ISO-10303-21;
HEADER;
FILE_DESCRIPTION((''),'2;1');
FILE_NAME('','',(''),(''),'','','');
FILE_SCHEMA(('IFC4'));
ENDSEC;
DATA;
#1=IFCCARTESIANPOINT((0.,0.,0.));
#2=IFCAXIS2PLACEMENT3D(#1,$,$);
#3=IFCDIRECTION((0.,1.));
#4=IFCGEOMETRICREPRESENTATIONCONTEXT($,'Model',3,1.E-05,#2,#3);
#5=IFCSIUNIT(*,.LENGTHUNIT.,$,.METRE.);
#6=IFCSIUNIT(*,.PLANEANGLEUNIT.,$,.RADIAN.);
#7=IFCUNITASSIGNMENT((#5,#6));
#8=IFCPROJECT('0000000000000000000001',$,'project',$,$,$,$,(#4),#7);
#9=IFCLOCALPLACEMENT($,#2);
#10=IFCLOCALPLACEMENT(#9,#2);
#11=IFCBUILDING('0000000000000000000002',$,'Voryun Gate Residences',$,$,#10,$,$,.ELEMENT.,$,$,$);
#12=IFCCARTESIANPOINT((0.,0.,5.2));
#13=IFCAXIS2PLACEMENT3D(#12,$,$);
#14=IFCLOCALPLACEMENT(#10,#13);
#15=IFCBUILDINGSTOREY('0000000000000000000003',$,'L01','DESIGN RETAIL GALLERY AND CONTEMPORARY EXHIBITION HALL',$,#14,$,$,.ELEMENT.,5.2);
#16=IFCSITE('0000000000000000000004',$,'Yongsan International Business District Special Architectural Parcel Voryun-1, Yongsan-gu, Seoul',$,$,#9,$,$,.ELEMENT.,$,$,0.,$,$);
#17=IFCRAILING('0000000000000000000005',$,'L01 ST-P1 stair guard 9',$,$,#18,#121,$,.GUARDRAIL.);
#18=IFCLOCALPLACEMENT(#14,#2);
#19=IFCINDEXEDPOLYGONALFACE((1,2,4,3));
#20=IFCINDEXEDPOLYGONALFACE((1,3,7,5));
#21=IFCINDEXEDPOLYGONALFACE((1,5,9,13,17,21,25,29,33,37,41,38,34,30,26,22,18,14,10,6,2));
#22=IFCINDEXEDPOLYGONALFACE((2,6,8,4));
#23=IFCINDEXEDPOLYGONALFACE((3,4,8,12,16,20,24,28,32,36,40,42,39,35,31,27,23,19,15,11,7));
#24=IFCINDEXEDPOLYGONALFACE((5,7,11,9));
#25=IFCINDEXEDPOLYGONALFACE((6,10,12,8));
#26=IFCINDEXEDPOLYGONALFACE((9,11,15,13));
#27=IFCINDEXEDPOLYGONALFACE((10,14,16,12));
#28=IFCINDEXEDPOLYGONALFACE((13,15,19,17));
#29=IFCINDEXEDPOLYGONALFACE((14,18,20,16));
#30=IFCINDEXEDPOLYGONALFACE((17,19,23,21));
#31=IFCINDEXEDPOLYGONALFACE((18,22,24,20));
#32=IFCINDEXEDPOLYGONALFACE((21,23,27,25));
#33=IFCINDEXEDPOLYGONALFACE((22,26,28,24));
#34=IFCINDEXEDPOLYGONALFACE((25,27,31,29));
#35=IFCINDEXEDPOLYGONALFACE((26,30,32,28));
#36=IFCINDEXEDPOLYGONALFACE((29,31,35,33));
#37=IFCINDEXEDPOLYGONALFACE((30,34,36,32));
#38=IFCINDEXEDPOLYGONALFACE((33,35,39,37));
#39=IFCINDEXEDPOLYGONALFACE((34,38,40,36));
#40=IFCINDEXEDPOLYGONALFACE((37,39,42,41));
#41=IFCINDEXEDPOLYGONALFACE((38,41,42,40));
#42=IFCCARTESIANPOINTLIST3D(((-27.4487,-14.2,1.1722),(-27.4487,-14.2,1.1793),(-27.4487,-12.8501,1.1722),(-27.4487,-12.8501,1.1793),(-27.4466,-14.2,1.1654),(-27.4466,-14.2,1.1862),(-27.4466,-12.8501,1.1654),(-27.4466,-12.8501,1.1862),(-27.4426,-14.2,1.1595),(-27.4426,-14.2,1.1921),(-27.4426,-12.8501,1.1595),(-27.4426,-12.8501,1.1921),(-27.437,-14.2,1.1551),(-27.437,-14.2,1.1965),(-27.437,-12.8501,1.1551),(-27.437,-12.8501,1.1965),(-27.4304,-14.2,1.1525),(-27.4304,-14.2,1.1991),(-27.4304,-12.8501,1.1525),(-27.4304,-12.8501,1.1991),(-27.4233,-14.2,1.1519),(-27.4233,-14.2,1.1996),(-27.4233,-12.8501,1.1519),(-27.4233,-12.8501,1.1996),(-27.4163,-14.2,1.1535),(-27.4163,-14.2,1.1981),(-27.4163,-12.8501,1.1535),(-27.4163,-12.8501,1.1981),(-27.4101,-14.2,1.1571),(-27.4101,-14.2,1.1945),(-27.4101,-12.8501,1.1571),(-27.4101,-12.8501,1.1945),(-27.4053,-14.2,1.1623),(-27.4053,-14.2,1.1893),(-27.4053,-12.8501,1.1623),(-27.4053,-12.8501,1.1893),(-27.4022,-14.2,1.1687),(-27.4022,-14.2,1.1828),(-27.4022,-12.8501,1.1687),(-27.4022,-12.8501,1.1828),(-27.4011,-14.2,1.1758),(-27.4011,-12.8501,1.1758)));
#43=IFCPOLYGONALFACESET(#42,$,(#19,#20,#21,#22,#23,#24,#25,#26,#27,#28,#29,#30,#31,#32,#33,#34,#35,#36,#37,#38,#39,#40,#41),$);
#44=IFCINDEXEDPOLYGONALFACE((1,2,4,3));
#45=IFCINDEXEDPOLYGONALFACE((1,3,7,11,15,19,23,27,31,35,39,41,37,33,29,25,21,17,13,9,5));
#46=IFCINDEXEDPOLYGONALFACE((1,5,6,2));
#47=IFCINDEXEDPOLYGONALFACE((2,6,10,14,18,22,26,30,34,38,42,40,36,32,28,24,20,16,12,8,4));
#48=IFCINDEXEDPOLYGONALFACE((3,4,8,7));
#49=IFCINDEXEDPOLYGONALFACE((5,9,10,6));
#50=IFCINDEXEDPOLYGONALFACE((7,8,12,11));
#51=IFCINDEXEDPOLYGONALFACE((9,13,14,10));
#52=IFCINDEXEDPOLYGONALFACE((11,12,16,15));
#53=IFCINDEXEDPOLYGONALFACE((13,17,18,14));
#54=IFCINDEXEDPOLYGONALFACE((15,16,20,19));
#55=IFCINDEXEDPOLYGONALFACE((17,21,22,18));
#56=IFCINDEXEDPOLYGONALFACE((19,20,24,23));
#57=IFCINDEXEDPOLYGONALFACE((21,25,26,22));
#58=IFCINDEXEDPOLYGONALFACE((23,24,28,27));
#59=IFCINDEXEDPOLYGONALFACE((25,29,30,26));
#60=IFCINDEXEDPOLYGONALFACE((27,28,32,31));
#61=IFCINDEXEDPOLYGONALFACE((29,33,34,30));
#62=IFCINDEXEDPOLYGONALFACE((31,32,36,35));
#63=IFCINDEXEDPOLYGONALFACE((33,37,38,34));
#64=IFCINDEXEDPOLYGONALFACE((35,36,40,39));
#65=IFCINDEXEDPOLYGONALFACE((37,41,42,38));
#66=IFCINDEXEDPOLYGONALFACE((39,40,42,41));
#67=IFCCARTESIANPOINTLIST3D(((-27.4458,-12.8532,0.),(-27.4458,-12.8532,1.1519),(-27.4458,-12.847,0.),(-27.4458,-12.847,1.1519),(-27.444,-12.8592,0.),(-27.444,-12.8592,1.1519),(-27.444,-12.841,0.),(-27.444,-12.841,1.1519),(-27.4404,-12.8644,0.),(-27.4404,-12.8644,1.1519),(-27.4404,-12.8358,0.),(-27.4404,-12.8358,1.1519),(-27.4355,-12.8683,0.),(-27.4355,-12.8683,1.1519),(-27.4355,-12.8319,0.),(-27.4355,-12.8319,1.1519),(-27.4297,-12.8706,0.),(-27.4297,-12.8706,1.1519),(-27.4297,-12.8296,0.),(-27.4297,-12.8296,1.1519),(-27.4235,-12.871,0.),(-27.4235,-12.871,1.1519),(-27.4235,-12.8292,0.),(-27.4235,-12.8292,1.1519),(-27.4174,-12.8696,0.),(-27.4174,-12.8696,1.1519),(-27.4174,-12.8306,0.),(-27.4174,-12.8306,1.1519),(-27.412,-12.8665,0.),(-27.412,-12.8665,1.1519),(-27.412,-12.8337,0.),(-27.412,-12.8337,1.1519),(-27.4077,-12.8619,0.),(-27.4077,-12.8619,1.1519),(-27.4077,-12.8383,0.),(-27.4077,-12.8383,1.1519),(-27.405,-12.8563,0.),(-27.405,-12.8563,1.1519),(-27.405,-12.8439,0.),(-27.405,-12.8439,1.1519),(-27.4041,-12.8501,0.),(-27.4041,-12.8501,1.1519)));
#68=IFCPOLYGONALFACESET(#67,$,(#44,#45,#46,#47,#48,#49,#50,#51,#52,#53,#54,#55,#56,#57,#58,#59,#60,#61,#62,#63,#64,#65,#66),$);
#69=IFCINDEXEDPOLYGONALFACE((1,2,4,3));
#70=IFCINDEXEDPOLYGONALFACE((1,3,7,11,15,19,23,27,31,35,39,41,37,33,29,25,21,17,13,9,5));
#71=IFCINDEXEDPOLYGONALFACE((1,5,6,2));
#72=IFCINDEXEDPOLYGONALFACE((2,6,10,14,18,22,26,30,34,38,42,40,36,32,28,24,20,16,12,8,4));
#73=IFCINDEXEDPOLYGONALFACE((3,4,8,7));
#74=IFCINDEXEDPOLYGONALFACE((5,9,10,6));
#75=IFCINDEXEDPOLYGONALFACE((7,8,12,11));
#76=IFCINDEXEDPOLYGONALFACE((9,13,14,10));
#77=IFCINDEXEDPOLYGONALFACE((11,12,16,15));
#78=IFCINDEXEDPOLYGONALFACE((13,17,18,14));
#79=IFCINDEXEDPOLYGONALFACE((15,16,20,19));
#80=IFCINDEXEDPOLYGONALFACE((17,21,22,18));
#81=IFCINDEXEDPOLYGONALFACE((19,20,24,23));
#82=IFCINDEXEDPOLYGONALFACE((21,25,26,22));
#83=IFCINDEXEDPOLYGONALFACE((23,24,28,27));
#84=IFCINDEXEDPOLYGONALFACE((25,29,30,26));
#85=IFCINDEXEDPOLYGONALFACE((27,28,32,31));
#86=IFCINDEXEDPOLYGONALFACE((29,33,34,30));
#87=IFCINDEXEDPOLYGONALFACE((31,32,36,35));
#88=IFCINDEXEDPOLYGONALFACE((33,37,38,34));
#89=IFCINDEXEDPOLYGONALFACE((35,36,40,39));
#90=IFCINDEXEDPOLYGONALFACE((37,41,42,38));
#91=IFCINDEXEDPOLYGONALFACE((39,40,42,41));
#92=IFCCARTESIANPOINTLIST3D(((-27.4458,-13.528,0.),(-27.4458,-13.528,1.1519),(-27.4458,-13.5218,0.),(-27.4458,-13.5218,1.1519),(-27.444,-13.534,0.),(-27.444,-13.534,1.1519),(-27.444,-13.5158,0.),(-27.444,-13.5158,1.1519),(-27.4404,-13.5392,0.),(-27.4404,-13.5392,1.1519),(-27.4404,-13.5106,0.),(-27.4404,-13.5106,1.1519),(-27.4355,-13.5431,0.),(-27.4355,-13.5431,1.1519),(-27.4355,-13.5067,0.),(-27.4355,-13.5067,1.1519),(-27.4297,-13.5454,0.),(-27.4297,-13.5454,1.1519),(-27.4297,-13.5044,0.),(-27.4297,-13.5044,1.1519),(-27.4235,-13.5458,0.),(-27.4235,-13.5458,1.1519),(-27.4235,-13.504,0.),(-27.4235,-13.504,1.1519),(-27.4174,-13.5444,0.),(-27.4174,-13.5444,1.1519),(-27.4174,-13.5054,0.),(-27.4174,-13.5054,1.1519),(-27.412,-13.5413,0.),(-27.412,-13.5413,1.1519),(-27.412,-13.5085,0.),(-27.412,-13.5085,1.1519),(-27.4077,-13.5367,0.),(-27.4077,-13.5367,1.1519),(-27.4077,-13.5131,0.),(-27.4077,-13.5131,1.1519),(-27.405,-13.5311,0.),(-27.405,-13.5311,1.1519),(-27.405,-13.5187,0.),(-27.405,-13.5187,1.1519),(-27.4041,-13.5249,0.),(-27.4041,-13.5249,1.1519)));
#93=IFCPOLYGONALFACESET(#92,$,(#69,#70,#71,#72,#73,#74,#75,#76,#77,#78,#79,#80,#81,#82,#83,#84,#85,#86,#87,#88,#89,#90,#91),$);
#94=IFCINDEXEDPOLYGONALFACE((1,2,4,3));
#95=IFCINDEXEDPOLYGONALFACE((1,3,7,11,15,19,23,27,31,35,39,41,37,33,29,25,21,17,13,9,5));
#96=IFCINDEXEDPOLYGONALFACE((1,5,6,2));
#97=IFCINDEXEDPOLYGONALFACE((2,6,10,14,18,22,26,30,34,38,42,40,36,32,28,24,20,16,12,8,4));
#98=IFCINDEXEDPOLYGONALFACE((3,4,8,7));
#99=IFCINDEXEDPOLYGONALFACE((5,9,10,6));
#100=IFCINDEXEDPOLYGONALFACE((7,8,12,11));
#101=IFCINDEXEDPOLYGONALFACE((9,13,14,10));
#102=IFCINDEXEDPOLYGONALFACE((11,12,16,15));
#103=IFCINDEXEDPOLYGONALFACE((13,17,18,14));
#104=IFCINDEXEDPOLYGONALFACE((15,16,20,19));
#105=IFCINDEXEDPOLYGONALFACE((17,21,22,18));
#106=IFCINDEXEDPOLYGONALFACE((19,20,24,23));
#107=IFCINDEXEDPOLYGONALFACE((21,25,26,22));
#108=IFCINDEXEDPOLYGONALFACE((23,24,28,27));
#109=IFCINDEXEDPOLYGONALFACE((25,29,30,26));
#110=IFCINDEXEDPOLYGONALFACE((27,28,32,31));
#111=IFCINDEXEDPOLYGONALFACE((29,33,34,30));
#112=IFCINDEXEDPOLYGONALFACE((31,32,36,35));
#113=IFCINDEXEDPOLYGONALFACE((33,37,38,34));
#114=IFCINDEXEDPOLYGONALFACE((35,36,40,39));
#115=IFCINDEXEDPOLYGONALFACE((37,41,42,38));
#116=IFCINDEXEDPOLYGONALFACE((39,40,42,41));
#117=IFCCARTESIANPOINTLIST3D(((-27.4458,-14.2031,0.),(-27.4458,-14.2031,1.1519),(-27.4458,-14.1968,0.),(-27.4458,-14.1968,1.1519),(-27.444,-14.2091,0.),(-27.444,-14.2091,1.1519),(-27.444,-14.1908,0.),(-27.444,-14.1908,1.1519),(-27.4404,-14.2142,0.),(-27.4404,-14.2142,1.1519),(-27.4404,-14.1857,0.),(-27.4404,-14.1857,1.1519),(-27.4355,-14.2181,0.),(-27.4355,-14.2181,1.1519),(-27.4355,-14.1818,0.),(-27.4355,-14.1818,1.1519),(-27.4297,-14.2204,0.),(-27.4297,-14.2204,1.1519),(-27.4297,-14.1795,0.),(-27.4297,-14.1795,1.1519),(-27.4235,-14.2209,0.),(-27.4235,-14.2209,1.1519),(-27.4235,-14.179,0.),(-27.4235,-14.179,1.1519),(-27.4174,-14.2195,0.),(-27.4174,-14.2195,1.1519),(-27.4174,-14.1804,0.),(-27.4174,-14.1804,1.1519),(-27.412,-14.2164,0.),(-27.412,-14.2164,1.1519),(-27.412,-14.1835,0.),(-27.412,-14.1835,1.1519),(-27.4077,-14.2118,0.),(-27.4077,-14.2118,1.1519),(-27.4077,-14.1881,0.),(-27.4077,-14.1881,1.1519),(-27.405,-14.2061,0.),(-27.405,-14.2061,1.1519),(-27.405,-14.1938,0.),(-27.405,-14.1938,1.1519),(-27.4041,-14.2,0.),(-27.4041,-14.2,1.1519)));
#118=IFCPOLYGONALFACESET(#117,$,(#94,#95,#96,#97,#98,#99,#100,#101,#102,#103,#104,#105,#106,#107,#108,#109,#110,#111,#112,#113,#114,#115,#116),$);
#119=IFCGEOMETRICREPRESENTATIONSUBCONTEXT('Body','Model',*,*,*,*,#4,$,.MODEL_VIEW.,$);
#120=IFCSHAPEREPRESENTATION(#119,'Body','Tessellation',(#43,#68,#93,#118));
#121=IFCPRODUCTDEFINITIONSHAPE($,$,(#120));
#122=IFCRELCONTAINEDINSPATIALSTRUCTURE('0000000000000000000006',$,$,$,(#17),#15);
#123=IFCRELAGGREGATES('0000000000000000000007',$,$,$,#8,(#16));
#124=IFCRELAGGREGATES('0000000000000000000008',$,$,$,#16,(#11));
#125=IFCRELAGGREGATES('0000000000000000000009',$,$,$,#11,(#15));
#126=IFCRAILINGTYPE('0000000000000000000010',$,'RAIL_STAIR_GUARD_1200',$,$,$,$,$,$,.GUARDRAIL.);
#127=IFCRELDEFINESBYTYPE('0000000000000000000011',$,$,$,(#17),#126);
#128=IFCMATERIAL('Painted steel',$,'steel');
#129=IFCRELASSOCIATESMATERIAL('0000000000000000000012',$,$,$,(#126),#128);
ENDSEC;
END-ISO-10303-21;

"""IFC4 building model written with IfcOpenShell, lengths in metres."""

from ifc_helpers import new_model, si_unit, direction, frame, origin, origin_2d, place, context, subcontext, project, spatial, circle, extrude, material, type_object, element, save


model = new_model("IFC4")

# Units and contexts
model_context = context("Model", 3, precision=1e-05, world=origin(), true_north=direction((0.0, 1.0)))
body_context = subcontext(model_context, "Body", "Model", "MODEL_VIEW")
ifc_project = project(units=[si_unit("LENGTHUNIT", "METRE"), si_unit("PLANEANGLEUNIT", "RADIAN")], contexts=[model_context])

# Site, building, storey
site_placement = place(None, origin())
site = spatial("IfcSite", under=ifc_project, at=site_placement, Name="Yongsan International Business District Special Architectural Parcel Voryun-1, Yongsan-gu, Seoul", CompositionType="ELEMENT", RefElevation=0.0)
building_placement = place(site_placement, origin())
building = spatial("IfcBuilding", under=site, at=building_placement, Name="Voryun Gate Residences", CompositionType="ELEMENT")
storey_placement = place(building_placement, frame((0.0, 0.0, 5.2)))
storey = spatial("IfcBuildingStorey", under=building, at=storey_placement, Name="L01", Description="DESIGN RETAIL GALLERY AND CONTEMPORARY EXHIBITION HALL", CompositionType="ELEMENT", Elevation=5.2)

# Railing
ifc_material_1 = material(Name="Painted steel", Category="steel")
railing_type = type_object("IfcRailingType", Name="RAIL_STAIR_GUARD_1200", PredefinedType="GUARDRAIL", material=ifc_material_1)
for number, where, name in (
    (1, (-27.425, -12.8501, 0.0), "L01 ST-P1 stair guard 9"),
):
    element("IfcRailing", number, at=place(storey_placement, frame(where)), inside=storey, type_object=railing_type, Name=name, PredefinedType="GUARDRAIL", context=body_context, shape_type="SweptSolid", body=[
        extrude(circle(Radius=0.0239, at=origin_2d()), frame((0.0, 0.0, 1.1758), z_axis=(0.0, -1.0, 0.0), x_axis=(1.0, 0.0, 0.0)), (0.0, 0.0, 1.0), 1.3499),
        extrude(circle(Radius=0.021, at=origin_2d()), origin(), (0.0, 0.0, 1.0), 1.1519),
        extrude(circle(Radius=0.021, at=origin_2d()), frame((0.0, -0.6748, 0.0)), (0.0, 0.0, 1.0), 1.1519),
        extrude(circle(Radius=0.021, at=origin_2d()), frame((0.0, -1.3499, 0.0)), (0.0, 0.0, 1.0), 1.1519),
    ])

save(model, "model.ifc")
